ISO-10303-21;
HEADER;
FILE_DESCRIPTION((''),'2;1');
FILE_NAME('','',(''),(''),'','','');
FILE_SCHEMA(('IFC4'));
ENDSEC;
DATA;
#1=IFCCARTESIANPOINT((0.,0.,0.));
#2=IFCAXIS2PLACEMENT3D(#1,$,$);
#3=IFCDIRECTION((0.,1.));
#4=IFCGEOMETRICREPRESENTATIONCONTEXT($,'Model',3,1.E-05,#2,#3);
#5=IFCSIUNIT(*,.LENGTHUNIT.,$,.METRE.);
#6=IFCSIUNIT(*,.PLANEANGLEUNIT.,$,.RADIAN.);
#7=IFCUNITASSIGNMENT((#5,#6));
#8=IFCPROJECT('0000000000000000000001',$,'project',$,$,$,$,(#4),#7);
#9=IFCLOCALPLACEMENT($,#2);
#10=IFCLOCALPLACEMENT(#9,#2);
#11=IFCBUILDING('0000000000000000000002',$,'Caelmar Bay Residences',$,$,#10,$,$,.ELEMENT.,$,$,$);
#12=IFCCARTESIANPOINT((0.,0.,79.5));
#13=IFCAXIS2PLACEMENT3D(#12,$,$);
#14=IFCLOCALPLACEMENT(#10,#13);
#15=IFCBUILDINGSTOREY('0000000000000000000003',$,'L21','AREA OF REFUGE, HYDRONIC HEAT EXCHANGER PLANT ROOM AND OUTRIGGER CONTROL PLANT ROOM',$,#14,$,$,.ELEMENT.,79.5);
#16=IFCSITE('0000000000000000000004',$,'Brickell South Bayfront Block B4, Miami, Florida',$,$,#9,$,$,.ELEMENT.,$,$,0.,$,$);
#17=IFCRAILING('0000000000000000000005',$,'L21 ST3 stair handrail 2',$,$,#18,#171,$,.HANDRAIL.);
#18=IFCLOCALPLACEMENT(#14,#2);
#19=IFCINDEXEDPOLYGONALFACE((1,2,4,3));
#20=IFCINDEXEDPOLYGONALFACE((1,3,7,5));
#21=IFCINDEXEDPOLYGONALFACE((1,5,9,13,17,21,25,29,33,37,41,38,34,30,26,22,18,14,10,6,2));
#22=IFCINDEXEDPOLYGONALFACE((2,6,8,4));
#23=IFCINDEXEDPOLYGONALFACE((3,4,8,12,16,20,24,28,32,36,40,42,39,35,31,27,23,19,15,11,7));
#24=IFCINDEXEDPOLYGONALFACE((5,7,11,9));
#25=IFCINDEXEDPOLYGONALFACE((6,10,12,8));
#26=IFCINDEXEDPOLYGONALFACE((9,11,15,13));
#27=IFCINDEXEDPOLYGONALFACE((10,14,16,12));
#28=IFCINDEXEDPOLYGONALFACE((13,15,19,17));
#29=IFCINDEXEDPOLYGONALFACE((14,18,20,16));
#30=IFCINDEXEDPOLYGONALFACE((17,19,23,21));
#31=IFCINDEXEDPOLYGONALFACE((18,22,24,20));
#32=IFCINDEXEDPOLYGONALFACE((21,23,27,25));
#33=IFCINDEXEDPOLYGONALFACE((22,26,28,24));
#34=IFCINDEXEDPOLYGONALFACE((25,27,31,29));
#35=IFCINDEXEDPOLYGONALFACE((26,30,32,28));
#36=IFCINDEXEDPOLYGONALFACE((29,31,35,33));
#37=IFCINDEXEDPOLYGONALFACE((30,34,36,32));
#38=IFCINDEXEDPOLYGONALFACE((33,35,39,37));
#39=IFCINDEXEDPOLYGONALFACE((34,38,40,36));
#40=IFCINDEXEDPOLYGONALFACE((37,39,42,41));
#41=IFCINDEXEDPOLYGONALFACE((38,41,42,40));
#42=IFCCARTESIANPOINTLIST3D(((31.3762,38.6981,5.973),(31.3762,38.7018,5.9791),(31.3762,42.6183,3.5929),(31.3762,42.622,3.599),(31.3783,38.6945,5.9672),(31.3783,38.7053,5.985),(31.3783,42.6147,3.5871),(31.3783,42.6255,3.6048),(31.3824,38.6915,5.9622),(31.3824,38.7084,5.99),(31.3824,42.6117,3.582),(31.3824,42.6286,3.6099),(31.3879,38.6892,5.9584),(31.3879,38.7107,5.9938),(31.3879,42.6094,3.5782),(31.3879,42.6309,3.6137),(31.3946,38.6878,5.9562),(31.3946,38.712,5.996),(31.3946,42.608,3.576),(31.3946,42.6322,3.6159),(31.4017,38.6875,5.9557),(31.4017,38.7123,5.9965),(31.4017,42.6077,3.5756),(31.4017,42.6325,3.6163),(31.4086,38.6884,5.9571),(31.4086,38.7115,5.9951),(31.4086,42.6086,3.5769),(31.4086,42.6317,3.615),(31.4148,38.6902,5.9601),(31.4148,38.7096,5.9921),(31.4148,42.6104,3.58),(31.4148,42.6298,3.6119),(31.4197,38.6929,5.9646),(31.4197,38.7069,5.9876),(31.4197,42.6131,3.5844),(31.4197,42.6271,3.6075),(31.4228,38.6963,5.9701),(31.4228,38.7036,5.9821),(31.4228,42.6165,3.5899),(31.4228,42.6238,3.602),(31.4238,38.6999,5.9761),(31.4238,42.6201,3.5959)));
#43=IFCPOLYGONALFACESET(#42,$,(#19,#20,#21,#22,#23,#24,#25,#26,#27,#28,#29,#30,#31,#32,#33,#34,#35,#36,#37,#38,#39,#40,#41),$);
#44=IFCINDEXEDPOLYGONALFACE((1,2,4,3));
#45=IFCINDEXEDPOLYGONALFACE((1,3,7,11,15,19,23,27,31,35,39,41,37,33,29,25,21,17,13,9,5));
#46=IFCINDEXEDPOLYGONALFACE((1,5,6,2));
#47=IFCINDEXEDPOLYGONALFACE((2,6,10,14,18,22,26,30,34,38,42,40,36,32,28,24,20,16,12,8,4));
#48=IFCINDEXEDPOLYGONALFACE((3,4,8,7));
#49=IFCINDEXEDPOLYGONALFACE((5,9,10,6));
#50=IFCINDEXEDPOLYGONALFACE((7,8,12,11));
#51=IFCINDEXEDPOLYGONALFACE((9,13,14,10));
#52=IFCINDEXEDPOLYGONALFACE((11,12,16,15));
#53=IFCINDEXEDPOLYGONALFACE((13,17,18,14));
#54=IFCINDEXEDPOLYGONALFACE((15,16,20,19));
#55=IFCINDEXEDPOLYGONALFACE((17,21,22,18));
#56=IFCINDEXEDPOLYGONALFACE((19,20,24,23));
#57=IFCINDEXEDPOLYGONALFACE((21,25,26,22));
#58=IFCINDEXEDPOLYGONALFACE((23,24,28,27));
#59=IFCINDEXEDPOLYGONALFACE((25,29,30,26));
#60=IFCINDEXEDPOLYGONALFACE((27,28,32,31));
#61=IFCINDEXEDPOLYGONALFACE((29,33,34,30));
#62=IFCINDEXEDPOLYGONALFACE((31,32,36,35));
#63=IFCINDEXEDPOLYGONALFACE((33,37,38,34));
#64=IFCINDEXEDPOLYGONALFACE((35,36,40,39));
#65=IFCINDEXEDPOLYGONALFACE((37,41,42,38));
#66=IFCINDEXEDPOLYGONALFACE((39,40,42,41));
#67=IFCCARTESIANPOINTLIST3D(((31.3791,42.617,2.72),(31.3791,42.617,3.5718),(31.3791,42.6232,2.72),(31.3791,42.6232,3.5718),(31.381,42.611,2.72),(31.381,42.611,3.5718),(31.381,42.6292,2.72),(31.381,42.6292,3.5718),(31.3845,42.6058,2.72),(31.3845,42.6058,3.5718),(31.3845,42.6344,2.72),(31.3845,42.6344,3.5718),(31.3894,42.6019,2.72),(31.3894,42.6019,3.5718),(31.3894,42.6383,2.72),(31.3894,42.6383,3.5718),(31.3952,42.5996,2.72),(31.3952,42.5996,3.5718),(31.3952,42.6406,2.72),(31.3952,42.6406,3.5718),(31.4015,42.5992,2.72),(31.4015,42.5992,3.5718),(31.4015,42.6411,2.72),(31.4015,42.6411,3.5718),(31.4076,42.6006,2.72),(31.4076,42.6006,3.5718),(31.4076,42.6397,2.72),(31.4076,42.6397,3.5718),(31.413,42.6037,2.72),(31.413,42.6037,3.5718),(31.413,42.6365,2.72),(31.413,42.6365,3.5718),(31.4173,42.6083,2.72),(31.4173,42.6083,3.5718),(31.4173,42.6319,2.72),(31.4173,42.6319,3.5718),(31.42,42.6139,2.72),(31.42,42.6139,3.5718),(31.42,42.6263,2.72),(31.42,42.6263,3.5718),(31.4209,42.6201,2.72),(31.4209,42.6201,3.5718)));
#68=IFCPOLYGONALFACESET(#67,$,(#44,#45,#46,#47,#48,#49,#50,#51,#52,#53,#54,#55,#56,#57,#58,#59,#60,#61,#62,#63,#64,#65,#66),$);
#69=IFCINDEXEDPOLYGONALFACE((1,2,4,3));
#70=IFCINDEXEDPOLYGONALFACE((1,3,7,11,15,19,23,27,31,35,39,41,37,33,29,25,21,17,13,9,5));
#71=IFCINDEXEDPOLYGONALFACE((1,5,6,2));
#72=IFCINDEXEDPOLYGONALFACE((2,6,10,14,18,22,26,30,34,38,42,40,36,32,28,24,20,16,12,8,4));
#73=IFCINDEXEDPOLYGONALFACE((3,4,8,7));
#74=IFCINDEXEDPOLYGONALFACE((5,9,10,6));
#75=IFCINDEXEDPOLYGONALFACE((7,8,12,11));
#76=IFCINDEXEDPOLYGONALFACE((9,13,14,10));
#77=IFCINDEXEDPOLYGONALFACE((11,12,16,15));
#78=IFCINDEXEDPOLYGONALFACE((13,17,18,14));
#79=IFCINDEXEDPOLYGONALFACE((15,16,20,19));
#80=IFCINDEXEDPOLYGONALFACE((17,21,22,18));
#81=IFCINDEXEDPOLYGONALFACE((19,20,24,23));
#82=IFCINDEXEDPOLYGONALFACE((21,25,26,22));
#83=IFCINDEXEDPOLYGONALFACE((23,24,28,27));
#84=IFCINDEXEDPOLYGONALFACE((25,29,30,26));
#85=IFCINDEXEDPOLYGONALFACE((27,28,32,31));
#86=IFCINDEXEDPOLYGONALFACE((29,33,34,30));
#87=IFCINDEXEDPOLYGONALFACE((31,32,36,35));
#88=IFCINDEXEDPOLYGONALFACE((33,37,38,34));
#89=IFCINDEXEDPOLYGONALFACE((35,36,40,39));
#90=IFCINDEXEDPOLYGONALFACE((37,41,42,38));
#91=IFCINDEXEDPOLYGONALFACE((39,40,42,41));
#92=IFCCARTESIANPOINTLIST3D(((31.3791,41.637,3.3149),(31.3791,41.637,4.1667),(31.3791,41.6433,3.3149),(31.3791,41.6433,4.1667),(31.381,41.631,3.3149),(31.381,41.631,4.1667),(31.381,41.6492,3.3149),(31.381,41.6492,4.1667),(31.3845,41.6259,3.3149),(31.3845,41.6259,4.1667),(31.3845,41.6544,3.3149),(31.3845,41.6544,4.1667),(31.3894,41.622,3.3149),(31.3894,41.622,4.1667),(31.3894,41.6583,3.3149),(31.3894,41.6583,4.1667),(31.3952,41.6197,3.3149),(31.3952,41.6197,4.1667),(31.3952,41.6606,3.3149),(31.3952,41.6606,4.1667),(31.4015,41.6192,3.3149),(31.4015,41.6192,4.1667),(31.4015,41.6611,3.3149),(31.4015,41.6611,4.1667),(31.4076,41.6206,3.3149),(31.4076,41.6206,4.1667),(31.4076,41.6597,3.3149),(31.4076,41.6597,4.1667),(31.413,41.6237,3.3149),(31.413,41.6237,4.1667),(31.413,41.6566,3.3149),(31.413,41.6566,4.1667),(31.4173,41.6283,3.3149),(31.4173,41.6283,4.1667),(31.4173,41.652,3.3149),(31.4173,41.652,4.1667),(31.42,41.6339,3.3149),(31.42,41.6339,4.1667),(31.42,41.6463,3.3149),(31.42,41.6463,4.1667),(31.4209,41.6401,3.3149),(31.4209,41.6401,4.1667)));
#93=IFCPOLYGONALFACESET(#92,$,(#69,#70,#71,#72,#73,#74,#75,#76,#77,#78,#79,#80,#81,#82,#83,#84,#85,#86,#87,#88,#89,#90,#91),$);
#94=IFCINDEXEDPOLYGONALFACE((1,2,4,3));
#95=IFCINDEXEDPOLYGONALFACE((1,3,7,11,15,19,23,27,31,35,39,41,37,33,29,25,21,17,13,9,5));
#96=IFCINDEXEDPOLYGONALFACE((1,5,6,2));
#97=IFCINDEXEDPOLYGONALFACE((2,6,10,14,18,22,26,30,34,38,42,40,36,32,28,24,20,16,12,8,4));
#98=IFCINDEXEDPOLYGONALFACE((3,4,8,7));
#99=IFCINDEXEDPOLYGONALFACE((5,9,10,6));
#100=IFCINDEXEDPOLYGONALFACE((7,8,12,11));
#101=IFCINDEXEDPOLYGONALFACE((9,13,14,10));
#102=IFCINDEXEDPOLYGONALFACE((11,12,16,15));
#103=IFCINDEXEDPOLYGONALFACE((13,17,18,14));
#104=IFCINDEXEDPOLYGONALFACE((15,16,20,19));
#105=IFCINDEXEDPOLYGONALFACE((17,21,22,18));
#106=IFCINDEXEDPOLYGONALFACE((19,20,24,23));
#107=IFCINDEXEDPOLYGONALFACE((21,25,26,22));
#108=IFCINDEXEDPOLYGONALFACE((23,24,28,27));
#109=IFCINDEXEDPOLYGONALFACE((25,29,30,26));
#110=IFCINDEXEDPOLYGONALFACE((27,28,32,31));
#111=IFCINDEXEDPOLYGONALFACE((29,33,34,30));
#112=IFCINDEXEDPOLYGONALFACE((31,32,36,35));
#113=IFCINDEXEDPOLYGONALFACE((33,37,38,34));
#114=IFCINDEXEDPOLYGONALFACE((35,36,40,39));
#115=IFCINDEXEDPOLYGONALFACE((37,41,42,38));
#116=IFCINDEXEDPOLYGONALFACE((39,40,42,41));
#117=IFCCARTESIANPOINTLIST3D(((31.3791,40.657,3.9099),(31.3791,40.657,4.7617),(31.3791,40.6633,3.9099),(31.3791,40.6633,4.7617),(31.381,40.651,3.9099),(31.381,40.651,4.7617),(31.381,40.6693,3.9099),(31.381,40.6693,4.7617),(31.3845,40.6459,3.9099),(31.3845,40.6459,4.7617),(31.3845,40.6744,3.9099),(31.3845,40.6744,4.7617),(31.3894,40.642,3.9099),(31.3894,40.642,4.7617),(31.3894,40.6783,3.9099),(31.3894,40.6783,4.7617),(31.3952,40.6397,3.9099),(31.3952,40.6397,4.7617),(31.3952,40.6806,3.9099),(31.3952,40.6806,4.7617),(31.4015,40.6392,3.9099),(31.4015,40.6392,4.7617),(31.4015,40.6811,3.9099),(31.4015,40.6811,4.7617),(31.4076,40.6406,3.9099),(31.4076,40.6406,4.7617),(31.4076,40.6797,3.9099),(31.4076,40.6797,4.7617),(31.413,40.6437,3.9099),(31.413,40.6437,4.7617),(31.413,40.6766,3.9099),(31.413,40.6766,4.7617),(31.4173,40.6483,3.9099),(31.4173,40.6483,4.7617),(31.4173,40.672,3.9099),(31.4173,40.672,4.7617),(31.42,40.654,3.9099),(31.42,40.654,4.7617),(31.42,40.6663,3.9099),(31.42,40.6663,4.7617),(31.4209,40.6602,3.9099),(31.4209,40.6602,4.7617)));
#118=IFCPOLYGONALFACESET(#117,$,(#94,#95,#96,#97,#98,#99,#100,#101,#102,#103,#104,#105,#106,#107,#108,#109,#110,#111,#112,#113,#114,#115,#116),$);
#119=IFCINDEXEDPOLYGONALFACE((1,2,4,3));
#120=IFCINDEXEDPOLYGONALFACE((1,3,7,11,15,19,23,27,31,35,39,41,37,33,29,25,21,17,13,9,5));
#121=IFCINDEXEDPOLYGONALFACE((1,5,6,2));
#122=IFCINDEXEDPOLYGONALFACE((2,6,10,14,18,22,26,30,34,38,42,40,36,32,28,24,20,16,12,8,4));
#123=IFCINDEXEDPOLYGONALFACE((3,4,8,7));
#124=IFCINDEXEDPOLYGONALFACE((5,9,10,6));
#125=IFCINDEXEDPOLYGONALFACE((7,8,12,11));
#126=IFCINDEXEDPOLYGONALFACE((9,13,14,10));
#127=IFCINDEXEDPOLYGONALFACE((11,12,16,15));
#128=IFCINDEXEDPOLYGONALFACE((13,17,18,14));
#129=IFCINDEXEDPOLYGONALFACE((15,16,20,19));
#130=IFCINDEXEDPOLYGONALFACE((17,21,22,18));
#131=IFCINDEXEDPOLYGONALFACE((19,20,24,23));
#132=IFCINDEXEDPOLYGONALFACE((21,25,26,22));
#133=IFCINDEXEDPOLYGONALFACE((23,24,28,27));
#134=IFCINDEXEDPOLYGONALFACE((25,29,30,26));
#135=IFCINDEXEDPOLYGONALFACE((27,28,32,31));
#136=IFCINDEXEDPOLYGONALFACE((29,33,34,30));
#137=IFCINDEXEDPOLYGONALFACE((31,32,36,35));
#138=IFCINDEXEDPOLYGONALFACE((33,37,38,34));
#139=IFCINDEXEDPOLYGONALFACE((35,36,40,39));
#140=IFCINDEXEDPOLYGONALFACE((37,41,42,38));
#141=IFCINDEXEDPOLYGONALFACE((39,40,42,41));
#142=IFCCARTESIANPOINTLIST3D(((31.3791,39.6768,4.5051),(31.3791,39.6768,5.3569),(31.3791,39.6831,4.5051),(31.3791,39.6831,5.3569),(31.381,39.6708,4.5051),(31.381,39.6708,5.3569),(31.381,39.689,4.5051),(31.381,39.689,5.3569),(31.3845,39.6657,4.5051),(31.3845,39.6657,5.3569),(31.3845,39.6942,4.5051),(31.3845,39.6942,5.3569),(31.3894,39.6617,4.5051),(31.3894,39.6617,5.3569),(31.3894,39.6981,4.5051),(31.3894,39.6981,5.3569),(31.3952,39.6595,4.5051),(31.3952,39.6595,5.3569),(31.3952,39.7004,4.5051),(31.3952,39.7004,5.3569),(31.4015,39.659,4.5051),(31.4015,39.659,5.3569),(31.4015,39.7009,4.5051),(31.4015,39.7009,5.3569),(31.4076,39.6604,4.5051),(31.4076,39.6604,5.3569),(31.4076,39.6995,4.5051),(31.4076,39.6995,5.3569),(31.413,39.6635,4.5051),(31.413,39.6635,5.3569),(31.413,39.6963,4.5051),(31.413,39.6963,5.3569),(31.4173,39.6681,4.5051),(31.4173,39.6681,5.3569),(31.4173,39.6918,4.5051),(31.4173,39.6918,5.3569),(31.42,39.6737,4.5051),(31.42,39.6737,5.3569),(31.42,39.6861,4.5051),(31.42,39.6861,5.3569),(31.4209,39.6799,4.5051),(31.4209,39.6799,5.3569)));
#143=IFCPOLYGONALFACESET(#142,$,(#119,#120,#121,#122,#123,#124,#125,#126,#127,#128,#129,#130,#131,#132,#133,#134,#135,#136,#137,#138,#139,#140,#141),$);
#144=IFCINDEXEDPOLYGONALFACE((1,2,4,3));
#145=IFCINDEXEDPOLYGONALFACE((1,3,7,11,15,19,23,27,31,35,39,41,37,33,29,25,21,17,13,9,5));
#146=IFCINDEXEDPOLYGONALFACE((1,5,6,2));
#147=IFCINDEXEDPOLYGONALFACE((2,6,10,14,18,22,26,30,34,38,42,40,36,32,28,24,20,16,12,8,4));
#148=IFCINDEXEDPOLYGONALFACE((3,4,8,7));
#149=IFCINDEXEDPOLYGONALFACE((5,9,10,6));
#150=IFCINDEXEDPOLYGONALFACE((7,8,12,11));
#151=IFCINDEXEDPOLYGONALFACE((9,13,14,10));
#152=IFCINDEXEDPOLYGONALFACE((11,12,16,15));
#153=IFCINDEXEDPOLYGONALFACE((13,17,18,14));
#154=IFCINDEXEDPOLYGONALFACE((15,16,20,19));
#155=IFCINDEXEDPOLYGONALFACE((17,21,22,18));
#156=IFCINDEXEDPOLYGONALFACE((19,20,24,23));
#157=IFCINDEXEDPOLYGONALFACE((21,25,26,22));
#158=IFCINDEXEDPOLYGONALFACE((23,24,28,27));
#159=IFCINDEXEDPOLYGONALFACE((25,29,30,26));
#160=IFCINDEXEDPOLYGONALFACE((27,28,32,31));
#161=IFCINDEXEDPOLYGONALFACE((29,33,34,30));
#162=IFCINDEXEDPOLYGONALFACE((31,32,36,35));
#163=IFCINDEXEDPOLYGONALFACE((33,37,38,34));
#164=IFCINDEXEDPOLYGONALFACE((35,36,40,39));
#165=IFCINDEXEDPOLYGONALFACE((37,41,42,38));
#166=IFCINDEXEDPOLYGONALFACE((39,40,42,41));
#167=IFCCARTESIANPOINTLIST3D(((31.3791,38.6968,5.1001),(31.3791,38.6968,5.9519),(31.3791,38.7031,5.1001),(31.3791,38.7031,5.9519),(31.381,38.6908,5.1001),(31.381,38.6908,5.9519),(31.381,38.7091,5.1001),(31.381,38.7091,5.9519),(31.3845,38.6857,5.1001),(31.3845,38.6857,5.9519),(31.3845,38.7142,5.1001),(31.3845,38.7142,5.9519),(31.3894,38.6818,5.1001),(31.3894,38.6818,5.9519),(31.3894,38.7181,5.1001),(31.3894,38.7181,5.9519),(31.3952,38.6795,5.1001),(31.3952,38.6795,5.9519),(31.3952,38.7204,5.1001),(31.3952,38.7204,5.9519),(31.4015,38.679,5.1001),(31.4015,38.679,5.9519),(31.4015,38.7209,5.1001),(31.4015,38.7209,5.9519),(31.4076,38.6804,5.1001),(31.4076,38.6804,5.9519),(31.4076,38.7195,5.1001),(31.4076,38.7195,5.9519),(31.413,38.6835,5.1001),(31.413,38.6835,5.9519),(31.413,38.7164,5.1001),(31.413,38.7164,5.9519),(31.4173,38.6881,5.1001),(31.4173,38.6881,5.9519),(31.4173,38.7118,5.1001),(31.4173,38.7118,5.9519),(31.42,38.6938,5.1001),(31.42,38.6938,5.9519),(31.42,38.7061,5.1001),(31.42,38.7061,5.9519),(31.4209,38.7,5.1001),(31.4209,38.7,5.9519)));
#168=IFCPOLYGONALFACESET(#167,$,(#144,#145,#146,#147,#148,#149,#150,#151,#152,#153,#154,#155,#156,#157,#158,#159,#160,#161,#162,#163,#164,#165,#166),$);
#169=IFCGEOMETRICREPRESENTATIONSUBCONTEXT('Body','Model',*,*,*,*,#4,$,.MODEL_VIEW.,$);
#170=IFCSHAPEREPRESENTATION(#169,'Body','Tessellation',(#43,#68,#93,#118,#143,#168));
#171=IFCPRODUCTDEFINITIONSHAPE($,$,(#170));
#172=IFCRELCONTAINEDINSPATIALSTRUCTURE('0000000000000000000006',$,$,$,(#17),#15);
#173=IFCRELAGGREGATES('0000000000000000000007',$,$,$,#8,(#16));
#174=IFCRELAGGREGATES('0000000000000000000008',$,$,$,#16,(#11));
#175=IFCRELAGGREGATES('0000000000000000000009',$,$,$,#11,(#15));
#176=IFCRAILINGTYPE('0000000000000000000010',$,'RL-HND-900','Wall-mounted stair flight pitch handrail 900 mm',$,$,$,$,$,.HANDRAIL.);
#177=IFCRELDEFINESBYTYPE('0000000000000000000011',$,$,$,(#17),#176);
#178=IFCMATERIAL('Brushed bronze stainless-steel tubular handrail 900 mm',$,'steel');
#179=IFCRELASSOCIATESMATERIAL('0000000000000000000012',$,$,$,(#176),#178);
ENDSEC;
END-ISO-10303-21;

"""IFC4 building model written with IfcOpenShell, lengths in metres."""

from ifc_helpers import new_model, si_unit, direction, frame, origin, origin_2d, place, context, subcontext, project, spatial, circle, extrude, material, type_object, element, save


model = new_model("IFC4")

# Units and contexts
model_context = context("Model", 3, precision=1e-05, world=origin(), true_north=direction((0.0, 1.0)))
body_context = subcontext(model_context, "Body", "Model", "MODEL_VIEW")
ifc_project = project(units=[si_unit("LENGTHUNIT", "METRE"), si_unit("PLANEANGLEUNIT", "RADIAN")], contexts=[model_context])

# Site, building, storey
site_placement = place(None, origin())
site = spatial("IfcSite", under=ifc_project, at=site_placement, Name="Brickell South Bayfront Block B4, Miami, Florida", CompositionType="ELEMENT", RefElevation=0.0)
building_placement = place(site_placement, origin())
building = spatial("IfcBuilding", under=site, at=building_placement, Name="Caelmar Bay Residences", CompositionType="ELEMENT")
storey_placement = place(building_placement, frame((0.0, 0.0, 79.5)))
storey = spatial("IfcBuildingStorey", under=building, at=storey_placement, Name="L21", Description="AREA OF REFUGE, HYDRONIC HEAT EXCHANGER PLANT ROOM AND OUTRIGGER CONTROL PLANT ROOM", CompositionType="ELEMENT", Elevation=79.5)

# Railing
ifc_material_1 = material(Name="Brushed bronze stainless-steel tubular handrail 900 mm", Category="steel")
railing_type_1 = type_object("IfcRailingType", Name="RL-HND-900", Description="Wall-mounted stair flight pitch handrail 900 mm", PredefinedType="HANDRAIL", material=ifc_material_1)
railing_1_placement = place(storey_placement, frame((31.3999, 42.6201, 2.72)))
element("IfcRailing", 1, at=railing_1_placement, inside=storey, type_object=railing_type_1, Name="L21 ST3 stair handrail 2", PredefinedType="HANDRAIL", context=body_context, shape_type="SweptSolid", body=[
    extrude(circle(Radius=0.0239, at=origin_2d()), frame((0.0, 0.0, 0.876), z_axis=(0.0, -0.854785, 0.518982), x_axis=(1.0, 0.0, 0.0)), (0.0, 0.0, 1.0), 4.5862),
    extrude(circle(Radius=0.021, at=origin_2d()), origin(), (0.0, 0.0, 1.0), 0.8518),
    extrude(circle(Radius=0.021, at=origin_2d()), frame((0.0, -0.98, 0.595)), (0.0, 0.0, 1.0), 0.8518),
    extrude(circle(Radius=0.021, at=origin_2d()), frame((0.0, -1.96, 1.1899)), (0.0, 0.0, 1.0), 0.8518),
    extrude(circle(Radius=0.021, at=origin_2d()), frame((0.0, -2.9402, 1.7852)), (0.0, 0.0, 1.0), 0.8518),
    extrude(circle(Radius=0.021, at=origin_2d()), frame((0.0, -3.9202, 2.3801)), (0.0, 0.0, 1.0), 0.8518),
])

save(model, "model.ifc")
